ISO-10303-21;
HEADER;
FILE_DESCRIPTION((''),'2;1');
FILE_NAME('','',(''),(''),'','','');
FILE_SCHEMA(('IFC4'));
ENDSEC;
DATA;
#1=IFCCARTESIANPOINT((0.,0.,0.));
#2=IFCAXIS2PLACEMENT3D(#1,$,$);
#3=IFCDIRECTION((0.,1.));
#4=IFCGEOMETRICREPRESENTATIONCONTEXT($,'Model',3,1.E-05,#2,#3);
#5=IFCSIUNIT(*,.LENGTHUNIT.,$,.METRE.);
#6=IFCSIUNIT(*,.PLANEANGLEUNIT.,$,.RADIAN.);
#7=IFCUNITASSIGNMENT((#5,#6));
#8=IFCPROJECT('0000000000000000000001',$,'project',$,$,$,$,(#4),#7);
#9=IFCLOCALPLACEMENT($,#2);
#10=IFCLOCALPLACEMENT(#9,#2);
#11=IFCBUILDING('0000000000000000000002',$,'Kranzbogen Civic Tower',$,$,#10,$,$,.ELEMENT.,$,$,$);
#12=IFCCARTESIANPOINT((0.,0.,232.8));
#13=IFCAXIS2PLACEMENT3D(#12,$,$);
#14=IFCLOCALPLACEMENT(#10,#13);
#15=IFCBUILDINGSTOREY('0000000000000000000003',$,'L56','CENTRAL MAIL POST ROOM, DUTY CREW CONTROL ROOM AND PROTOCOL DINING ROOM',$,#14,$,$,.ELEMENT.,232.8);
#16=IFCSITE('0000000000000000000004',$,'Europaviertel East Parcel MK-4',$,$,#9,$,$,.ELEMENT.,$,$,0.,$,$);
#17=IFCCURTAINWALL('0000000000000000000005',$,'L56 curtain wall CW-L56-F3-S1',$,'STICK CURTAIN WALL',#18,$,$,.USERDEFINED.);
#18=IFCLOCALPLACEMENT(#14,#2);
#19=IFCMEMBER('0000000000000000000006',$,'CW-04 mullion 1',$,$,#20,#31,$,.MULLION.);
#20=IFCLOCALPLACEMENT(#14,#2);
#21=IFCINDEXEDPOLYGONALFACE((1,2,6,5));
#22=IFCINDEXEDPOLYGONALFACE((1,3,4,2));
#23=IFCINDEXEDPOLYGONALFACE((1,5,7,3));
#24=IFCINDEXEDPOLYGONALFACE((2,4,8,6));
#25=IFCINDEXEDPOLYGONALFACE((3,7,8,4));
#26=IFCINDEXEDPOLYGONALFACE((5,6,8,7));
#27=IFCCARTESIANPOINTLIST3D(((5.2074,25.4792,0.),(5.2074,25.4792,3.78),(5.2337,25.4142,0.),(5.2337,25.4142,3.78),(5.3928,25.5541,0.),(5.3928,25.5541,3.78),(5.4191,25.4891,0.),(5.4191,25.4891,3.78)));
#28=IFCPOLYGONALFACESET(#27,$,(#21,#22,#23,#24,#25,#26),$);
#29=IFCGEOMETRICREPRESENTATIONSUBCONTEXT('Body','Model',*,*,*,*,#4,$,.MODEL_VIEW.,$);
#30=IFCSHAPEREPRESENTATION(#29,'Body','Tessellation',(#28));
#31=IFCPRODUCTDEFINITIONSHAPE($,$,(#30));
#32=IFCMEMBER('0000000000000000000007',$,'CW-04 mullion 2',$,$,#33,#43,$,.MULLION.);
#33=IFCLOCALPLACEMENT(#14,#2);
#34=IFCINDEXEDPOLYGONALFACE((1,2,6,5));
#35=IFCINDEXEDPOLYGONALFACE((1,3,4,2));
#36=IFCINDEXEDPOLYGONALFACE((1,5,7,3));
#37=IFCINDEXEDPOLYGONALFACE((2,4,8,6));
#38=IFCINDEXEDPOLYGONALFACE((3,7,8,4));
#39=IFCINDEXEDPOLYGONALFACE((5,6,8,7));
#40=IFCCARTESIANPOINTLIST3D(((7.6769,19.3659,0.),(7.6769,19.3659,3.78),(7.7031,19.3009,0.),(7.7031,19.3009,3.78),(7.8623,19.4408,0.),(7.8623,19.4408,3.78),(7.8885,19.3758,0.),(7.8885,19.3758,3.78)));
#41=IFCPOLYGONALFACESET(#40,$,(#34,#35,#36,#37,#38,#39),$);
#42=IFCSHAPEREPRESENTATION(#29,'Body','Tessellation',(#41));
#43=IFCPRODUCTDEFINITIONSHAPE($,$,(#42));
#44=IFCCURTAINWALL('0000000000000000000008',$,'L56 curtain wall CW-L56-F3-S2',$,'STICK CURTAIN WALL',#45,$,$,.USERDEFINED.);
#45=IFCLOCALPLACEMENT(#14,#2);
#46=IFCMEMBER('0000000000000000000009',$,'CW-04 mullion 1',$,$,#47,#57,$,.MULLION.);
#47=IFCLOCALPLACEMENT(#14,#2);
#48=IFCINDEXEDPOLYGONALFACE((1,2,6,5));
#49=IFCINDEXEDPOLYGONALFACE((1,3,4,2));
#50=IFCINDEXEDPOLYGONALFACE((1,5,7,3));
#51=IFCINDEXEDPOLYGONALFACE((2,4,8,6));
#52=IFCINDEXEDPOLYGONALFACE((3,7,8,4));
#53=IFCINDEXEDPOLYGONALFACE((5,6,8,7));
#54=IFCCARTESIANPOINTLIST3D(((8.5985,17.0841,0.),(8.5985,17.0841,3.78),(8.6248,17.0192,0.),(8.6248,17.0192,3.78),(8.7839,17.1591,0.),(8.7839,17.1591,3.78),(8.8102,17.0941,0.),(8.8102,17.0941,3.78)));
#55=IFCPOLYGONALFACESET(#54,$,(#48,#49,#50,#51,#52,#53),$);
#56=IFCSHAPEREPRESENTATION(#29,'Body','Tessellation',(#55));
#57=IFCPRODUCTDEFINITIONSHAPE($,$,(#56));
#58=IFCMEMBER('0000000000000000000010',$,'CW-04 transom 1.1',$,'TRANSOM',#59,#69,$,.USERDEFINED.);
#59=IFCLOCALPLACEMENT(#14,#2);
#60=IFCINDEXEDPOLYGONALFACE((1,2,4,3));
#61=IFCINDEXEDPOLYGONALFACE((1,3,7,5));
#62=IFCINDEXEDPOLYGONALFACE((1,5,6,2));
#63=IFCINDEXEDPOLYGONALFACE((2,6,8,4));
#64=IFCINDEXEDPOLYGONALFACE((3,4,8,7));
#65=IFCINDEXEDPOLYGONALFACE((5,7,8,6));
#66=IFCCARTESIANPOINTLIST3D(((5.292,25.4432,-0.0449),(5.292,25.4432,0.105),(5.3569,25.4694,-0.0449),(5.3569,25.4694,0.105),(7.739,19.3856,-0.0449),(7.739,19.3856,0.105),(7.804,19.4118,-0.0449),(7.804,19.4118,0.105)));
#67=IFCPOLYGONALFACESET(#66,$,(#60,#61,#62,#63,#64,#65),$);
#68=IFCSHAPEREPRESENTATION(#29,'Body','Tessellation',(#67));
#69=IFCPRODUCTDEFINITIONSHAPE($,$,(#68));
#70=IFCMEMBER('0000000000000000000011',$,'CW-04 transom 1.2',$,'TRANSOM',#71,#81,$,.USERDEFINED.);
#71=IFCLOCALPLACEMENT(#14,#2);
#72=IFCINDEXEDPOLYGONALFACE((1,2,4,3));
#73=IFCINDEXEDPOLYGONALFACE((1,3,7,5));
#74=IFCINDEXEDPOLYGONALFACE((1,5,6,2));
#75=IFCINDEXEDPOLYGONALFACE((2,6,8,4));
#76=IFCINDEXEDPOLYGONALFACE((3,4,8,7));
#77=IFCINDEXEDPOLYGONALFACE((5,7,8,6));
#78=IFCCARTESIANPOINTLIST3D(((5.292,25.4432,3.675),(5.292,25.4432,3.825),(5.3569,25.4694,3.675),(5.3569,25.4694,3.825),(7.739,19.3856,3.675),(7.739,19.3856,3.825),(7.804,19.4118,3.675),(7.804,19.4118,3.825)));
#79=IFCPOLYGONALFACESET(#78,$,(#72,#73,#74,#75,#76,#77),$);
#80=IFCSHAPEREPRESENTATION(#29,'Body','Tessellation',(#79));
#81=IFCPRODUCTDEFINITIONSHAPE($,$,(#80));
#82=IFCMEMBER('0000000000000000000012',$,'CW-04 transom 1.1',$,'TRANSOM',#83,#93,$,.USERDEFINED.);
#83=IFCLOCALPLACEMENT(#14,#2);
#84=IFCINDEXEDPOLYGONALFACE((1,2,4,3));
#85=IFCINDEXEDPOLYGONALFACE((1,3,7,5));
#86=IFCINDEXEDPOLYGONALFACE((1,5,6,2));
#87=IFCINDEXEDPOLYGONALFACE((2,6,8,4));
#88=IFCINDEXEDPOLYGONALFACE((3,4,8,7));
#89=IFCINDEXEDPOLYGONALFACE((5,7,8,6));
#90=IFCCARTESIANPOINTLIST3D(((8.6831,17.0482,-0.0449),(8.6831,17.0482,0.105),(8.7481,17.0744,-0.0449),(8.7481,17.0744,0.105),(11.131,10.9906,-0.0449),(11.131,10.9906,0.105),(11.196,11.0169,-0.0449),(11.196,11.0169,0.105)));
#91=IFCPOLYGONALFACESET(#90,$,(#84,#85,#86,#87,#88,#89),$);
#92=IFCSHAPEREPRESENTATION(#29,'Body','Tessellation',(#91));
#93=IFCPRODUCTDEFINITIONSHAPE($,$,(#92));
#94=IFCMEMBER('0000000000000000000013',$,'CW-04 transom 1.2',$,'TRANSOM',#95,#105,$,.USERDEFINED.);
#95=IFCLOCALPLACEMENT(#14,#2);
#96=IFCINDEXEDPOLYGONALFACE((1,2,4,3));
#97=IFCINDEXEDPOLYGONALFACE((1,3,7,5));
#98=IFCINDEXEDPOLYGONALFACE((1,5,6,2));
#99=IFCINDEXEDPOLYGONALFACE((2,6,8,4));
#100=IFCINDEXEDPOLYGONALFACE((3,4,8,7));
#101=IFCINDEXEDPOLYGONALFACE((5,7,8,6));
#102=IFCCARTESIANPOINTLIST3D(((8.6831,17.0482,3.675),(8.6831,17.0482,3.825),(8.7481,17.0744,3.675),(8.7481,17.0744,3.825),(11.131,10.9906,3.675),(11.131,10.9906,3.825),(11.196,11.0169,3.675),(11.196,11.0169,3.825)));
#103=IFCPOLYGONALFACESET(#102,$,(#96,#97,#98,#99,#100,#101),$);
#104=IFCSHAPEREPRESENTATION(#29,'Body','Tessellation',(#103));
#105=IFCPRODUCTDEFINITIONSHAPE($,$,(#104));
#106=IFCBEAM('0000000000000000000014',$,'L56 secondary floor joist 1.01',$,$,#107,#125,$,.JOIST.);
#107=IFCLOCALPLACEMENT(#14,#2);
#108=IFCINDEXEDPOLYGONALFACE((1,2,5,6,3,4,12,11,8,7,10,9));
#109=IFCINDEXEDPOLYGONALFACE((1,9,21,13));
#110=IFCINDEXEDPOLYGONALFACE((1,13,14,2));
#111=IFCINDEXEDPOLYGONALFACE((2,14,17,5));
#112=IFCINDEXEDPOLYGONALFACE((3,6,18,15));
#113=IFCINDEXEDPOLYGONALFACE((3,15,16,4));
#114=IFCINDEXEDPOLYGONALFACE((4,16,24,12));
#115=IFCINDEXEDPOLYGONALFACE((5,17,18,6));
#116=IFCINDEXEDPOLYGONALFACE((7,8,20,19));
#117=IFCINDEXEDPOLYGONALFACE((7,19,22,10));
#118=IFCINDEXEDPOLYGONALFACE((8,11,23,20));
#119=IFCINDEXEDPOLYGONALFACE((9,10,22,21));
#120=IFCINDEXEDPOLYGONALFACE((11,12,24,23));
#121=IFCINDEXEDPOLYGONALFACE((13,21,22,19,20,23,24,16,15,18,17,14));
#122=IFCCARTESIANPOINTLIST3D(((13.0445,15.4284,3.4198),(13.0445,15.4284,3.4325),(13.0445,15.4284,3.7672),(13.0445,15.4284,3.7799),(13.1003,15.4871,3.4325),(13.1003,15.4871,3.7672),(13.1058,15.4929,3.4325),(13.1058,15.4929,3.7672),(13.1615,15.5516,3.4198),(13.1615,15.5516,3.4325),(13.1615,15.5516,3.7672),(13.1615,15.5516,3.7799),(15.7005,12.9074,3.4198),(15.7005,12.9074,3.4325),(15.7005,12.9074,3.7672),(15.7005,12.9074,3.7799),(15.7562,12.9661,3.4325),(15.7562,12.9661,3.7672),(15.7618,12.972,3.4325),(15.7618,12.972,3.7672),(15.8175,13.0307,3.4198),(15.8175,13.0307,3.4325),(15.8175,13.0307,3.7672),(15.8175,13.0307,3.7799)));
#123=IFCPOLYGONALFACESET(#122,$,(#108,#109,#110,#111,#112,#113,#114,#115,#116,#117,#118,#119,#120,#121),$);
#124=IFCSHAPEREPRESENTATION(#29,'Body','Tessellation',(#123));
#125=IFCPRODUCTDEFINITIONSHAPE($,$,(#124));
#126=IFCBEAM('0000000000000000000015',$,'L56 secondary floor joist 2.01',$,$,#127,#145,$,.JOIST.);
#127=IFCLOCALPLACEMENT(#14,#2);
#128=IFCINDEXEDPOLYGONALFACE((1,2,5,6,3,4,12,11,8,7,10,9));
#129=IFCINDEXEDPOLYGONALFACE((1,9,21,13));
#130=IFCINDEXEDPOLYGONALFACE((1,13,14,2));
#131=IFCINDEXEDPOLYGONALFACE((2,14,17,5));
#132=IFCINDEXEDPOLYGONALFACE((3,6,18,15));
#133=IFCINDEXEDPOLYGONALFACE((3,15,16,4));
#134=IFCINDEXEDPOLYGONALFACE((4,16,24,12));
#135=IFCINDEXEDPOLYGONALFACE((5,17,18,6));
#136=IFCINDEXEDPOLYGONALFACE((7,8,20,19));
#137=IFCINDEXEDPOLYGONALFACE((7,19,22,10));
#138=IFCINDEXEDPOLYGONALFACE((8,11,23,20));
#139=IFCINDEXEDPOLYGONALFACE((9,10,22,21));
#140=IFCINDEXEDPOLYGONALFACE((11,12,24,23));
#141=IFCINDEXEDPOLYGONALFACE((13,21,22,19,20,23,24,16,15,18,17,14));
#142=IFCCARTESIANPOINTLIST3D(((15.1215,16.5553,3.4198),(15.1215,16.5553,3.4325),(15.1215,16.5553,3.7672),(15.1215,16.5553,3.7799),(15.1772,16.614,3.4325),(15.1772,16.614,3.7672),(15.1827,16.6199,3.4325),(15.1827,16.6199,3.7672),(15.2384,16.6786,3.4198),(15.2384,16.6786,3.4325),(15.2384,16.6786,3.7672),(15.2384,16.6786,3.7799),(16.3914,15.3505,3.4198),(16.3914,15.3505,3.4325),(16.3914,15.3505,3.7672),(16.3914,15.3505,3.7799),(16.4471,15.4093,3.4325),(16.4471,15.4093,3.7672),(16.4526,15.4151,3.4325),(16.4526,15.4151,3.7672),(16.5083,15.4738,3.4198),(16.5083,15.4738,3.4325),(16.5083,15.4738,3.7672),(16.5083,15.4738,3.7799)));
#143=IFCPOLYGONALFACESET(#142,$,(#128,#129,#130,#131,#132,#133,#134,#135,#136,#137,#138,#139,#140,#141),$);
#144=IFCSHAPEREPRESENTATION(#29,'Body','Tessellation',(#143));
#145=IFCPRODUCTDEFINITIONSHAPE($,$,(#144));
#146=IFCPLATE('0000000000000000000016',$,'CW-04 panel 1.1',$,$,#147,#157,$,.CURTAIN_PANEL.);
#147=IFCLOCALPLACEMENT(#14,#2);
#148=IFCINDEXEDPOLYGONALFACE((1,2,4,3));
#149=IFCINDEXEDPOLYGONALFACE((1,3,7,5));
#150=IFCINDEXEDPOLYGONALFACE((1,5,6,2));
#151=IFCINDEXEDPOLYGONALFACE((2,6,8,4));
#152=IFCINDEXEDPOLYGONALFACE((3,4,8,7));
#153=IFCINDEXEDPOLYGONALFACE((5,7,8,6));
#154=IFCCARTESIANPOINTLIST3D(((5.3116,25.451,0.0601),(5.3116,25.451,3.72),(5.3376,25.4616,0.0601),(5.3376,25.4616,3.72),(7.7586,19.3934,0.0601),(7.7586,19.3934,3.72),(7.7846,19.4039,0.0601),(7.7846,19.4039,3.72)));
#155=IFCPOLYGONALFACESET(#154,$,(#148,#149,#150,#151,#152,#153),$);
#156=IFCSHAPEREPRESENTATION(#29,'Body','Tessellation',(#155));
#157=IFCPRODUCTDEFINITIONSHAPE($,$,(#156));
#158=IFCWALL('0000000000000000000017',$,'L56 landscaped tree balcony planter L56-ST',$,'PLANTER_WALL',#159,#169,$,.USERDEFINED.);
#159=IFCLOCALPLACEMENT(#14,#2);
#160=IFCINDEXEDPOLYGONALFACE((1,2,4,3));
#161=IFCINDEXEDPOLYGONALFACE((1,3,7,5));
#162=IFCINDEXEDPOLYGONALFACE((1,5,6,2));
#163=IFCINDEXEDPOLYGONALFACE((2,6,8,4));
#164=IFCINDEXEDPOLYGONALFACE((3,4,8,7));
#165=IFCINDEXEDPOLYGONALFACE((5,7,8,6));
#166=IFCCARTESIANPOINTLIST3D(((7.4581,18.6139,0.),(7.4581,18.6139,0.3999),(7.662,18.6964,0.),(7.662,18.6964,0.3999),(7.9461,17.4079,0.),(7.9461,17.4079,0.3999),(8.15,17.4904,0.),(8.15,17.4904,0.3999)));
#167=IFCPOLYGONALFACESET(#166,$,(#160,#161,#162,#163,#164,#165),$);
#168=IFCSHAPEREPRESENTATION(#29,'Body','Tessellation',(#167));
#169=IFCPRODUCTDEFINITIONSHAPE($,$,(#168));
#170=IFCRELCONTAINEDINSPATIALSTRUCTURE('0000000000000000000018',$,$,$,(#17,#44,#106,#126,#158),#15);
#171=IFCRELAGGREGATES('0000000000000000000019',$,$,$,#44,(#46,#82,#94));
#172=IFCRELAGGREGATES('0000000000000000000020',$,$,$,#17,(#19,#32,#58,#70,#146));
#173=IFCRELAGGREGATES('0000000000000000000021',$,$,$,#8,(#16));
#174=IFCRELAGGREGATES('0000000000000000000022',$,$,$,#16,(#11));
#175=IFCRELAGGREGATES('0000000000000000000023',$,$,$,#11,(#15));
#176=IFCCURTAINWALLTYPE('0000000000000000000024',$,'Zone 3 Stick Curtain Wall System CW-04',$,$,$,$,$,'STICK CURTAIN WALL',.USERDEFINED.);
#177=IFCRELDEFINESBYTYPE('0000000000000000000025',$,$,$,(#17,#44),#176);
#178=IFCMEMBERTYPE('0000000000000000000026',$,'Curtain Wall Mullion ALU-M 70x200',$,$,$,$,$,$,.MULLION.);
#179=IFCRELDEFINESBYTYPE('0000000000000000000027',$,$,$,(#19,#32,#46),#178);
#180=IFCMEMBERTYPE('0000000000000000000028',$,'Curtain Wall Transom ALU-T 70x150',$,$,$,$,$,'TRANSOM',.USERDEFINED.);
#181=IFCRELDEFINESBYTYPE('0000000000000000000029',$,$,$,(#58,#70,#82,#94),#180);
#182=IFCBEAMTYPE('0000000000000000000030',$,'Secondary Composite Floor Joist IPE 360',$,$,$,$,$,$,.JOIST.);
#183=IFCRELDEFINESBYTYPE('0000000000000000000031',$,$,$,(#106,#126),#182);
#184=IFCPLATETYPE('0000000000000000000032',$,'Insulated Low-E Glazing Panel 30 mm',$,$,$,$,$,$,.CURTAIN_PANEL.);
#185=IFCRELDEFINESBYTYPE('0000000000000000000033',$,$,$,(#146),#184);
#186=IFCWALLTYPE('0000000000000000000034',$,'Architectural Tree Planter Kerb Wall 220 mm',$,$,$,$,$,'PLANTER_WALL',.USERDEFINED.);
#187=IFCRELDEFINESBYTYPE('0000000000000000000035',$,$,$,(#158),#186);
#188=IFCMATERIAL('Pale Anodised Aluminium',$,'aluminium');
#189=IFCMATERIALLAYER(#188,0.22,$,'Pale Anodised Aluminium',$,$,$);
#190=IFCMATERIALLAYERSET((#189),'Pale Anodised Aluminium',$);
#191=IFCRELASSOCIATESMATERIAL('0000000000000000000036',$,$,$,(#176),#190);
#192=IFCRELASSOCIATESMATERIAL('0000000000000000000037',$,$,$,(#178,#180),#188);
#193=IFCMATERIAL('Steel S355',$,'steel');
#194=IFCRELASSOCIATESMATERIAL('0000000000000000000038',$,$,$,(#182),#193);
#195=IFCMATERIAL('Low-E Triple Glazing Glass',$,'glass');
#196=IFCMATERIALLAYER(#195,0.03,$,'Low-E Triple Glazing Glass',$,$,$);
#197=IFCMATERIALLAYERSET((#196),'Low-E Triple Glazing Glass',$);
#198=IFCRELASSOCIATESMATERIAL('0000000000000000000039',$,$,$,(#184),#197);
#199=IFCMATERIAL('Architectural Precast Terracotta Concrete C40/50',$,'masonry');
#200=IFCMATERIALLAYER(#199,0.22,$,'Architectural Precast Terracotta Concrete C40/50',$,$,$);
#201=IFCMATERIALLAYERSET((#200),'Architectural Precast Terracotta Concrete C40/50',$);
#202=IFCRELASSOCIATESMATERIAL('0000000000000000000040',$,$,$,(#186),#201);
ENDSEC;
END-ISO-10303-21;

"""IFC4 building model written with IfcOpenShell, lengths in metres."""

from ifc_helpers import new_model, si_unit, direction, frame, frame_2d, origin, origin_2d, place, context, subcontext, project, spatial, rectangle, i_section, extrude, material, layer, layer_set, material_profile, profile_set, type_object, element, aggregate, save


model = new_model("IFC4")

# Units and contexts
model_context = context("Model", 3, precision=1e-05, world=origin(), true_north=direction((0.0, 1.0)))
body_context = subcontext(model_context, "Body", "Model", "MODEL_VIEW")
ifc_project = project(units=[si_unit("LENGTHUNIT", "METRE"), si_unit("PLANEANGLEUNIT", "RADIAN")], contexts=[model_context])

# Site, building, storey
site_placement = place(None, origin())
site = spatial("IfcSite", under=ifc_project, at=site_placement, Name="Europaviertel East Parcel MK-4", CompositionType="ELEMENT", RefElevation=0.0)
building_placement = place(site_placement, origin())
building = spatial("IfcBuilding", under=site, at=building_placement, Name="Kranzbogen Civic Tower", CompositionType="ELEMENT")
storey_placement = place(building_placement, frame((0.0, 0.0, 232.8)))
storey = spatial("IfcBuildingStorey", under=building, at=storey_placement, Name="L56", Description="CENTRAL MAIL POST ROOM, DUTY CREW CONTROL ROOM AND PROTOCOL DINING ROOM", CompositionType="ELEMENT", Elevation=232.8)

# Curtain wall, members
ifc_material_1 = material(Name="Pale Anodised Aluminium", Category="aluminium")
ifc_layer_1 = layer(ifc_material_1, 0.22, Name="Pale Anodised Aluminium")
ifc_layer_set_1 = layer_set([ifc_layer_1], Name="Pale Anodised Aluminium")
curtain_wall_type = type_object("IfcCurtainWallType", Name="Zone 3 Stick Curtain Wall System CW-04", ElementType="STICK CURTAIN WALL", PredefinedType="USERDEFINED", material=ifc_layer_set_1)
curtain_wall_1_placement = place(storey_placement, origin())
curtain_wall_1 = element("IfcCurtainWall", 1, at=curtain_wall_1_placement, inside=storey, type_object=curtain_wall_type, Name="L56 curtain wall CW-L56-F3-S1", ObjectType="STICK CURTAIN WALL", PredefinedType="USERDEFINED")
ifc_material_profile_1 = material_profile(ifc_material_1, rectangle(XDim=0.0701, YDim=0.2, at=origin_2d()), Name="ALU-M 70x200")
ifc_profile_set_1 = profile_set([ifc_material_profile_1], Name="Pale Anodised Aluminium")
member_type_1 = type_object("IfcMemberType", Name="Curtain Wall Mullion ALU-M 70x200", PredefinedType="MULLION", material=ifc_profile_set_1)
member_1_placement = place(storey_placement, frame((5.3132, 25.4841, 0.0), z_axis=(0.0, 0.0, 1.0), x_axis=(0.37455, -0.927207, 0.0)))
member_1 = element("IfcMember", 2, at=member_1_placement, type_object=member_type_1, Name="CW-04 mullion 1", PredefinedType="MULLION", context=body_context, shape_type="SweptSolid", body=[
    extrude(rectangle(XDim=0.0701, YDim=0.2, at=origin_2d()), origin(), (0.0, 0.0, 1.0), 3.78),
])
member_2_placement = place(storey_placement, frame((7.7827, 19.3708, 0.0), z_axis=(0.0, 0.0, 1.0), x_axis=(0.37455, -0.927207, 0.0)))
member_2 = element("IfcMember", 3, at=member_2_placement, type_object=member_type_1, Name="CW-04 mullion 2", PredefinedType="MULLION", context=body_context, shape_type="SweptSolid", body=[
    extrude(rectangle(XDim=0.0701, YDim=0.2, at=origin_2d()), origin(), (0.0, 0.0, 1.0), 3.78),
])

# Curtain wall, member
curtain_wall_2_placement = place(storey_placement, origin())
curtain_wall_2 = element("IfcCurtainWall", 4, at=curtain_wall_2_placement, inside=storey, type_object=curtain_wall_type, Name="L56 curtain wall CW-L56-F3-S2", ObjectType="STICK CURTAIN WALL", PredefinedType="USERDEFINED")
member_3_placement = place(storey_placement, frame((8.7043, 17.0891, 0.0), z_axis=(0.0, 0.0, 1.0), x_axis=(0.374679, -0.927155, 0.0)))
member_3 = element("IfcMember", 5, at=member_3_placement, type_object=member_type_1, Name="CW-04 mullion 1", PredefinedType="MULLION", context=body_context, shape_type="SweptSolid", body=[
    extrude(rectangle(XDim=0.0701, YDim=0.2, at=origin_2d()), origin(), (0.0, 0.0, 1.0), 3.78),
])

# Members
ifc_material_profile_2 = material_profile(ifc_material_1, rectangle(XDim=0.0701, YDim=0.1499, at=origin_2d()), Name="ALU-T 70x150")
ifc_profile_set_2 = profile_set([ifc_material_profile_2], Name="Pale Anodised Aluminium")
member_type_2 = type_object("IfcMemberType", Name="Curtain Wall Transom ALU-T 70x150", ElementType="TRANSOM", PredefinedType="USERDEFINED", material=ifc_profile_set_2)
member_4_placement = place(storey_placement, frame((5.3245, 25.4563, 0.03), z_axis=(0.374552, -0.927206, 0.0), x_axis=(0.927206, 0.374552, 0.0)))
member_4 = element("IfcMember", 6, at=member_4_placement, type_object=member_type_2, Name="CW-04 transom 1.1", ObjectType="TRANSOM", PredefinedType="USERDEFINED", context=body_context, shape_type="SweptSolid", body=[
    extrude(rectangle(XDim=0.0701, YDim=0.1499, at=origin_2d()), origin(), (0.0, 0.0, 1.0), 6.5332),
])
member_5_placement = place(storey_placement, frame((5.3245, 25.4563, 3.75), z_axis=(0.374552, -0.927206, 0.0), x_axis=(0.927206, 0.374552, 0.0)))
member_5 = element("IfcMember", 7, at=member_5_placement, type_object=member_type_2, Name="CW-04 transom 1.2", ObjectType="TRANSOM", PredefinedType="USERDEFINED", context=body_context, shape_type="SweptSolid", body=[
    extrude(rectangle(XDim=0.0701, YDim=0.1499, at=origin_2d()), origin(), (0.0, 0.0, 1.0), 6.5332),
])
member_6_placement = place(storey_placement, frame((8.7156, 17.0613, 0.03), z_axis=(0.374681, -0.927154, 0.0), x_axis=(0.927154, 0.374681, 0.0)))
member_6 = element("IfcMember", 8, at=member_6_placement, type_object=member_type_2, Name="CW-04 transom 1.1", ObjectType="TRANSOM", PredefinedType="USERDEFINED", context=body_context, shape_type="SweptSolid", body=[
    extrude(rectangle(XDim=0.0701, YDim=0.1499, at=origin_2d()), origin(), (0.0, 0.0, 1.0), 6.5334),
])
member_7_placement = place(storey_placement, frame((8.7156, 17.0613, 3.75), z_axis=(0.374681, -0.927154, 0.0), x_axis=(0.927154, 0.374681, 0.0)))
member_7 = element("IfcMember", 9, at=member_7_placement, type_object=member_type_2, Name="CW-04 transom 1.2", ObjectType="TRANSOM", PredefinedType="USERDEFINED", context=body_context, shape_type="SweptSolid", body=[
    extrude(rectangle(XDim=0.0701, YDim=0.1499, at=origin_2d()), origin(), (0.0, 0.0, 1.0), 6.5334),
])
aggregate(curtain_wall_2, [member_3, member_6, member_7])

# Beams
ifc_material_2 = material(Name="Steel S355", Category="steel")
ifc_material_profile_3 = material_profile(ifc_material_2, i_section(OverallWidth=0.1699, OverallDepth=0.3601, WebThickness=0.0081, FlangeThickness=0.0127, at=origin_2d()), Name="IPE 360")
ifc_profile_set_3 = profile_set([ifc_material_profile_3], Name="Steel S355")
beam_type = type_object("IfcBeamType", Name="Secondary Composite Floor Joist IPE 360", PredefinedType="JOIST", material=ifc_profile_set_3)
beam_1_placement = place(storey_placement, frame((13.103, 15.49, 3.5999), z_axis=(0.725301, -0.688432, 0.0), x_axis=(0.688432, 0.725301, 0.0)))
element("IfcBeam", 10, at=beam_1_placement, inside=storey, type_object=beam_type, Name="L56 secondary floor joist 1.01", PredefinedType="JOIST", context=body_context, shape_type="SweptSolid", body=[
    extrude(i_section(OverallWidth=0.1699, OverallDepth=0.3601, WebThickness=0.0081, FlangeThickness=0.0127, at=origin_2d()), origin(), (0.0, 0.0, 1.0), 3.6619),
])
beam_2_placement = place(storey_placement, frame((15.1799, 16.6169, 3.5999), z_axis=(0.72548, -0.688243, 0.0), x_axis=(0.688243, 0.72548, 0.0)))
element("IfcBeam", 11, at=beam_2_placement, inside=storey, type_object=beam_type, Name="L56 secondary floor joist 2.01", PredefinedType="JOIST", context=body_context, shape_type="SweptSolid", body=[
    extrude(i_section(OverallWidth=0.1699, OverallDepth=0.3601, WebThickness=0.0081, FlangeThickness=0.0127, at=origin_2d()), origin(), (0.0, 0.0, 1.0), 1.7505),
])

# Plate
ifc_material_3 = material(Name="Low-E Triple Glazing Glass", Category="glass")
ifc_layer_2 = layer(ifc_material_3, 0.03, Name="Low-E Triple Glazing Glass")
ifc_layer_set_2 = layer_set([ifc_layer_2], Name="Low-E Triple Glazing Glass")
plate_type = type_object("IfcPlateType", Name="Insulated Low-E Glazing Panel 30 mm", PredefinedType="CURTAIN_PANEL", material=ifc_layer_set_2)
plate_placement = place(storey_placement, frame((6.5481, 22.4275, 0.0601), z_axis=(0.0, 0.0, 1.0), x_axis=(0.37455, -0.927207, 0.0)))
plate = element("IfcPlate", 12, at=plate_placement, type_object=plate_type, Name="CW-04 panel 1.1", PredefinedType="CURTAIN_PANEL", context=body_context, shape_type="SweptSolid", body=[
    extrude(rectangle(XDim=6.5332, YDim=0.0281, at=origin_2d()), origin(), (0.0, 0.0, 1.0), 3.6599),
])
aggregate(curtain_wall_1, [member_1, member_2, member_4, member_5, plate])

# Wall
ifc_material_4 = material(Name="Architectural Precast Terracotta Concrete C40/50", Category="masonry")
ifc_layer_3 = layer(ifc_material_4, 0.22, Name="Architectural Precast Terracotta Concrete C40/50")
ifc_layer_set_3 = layer_set([ifc_layer_3], Name="Architectural Precast Terracotta Concrete C40/50")
wall_type_1 = type_object("IfcWallType", Name="Architectural Tree Planter Kerb Wall 220 mm", ElementType="PLANTER_WALL", PredefinedType="USERDEFINED", material=ifc_layer_set_3)
wall_1_placement = place(storey_placement, frame((7.5601, 18.655, 0.0), z_axis=(0.0, 0.0, 1.0), x_axis=(0.375108, -0.926981, 0.0)))
element("IfcWall", 13, at=wall_1_placement, inside=storey, type_object=wall_type_1, Name="L56 landscaped tree balcony planter L56-ST", ObjectType="PLANTER_WALL", PredefinedType="USERDEFINED", context=body_context, shape_type="SweptSolid", body=[
    extrude(rectangle(XDim=1.301, YDim=0.22, at=frame_2d((0.6504, 0.0))), origin(), (0.0, 0.0, 1.0), 0.3999),
])

save(model, "model.ifc")
